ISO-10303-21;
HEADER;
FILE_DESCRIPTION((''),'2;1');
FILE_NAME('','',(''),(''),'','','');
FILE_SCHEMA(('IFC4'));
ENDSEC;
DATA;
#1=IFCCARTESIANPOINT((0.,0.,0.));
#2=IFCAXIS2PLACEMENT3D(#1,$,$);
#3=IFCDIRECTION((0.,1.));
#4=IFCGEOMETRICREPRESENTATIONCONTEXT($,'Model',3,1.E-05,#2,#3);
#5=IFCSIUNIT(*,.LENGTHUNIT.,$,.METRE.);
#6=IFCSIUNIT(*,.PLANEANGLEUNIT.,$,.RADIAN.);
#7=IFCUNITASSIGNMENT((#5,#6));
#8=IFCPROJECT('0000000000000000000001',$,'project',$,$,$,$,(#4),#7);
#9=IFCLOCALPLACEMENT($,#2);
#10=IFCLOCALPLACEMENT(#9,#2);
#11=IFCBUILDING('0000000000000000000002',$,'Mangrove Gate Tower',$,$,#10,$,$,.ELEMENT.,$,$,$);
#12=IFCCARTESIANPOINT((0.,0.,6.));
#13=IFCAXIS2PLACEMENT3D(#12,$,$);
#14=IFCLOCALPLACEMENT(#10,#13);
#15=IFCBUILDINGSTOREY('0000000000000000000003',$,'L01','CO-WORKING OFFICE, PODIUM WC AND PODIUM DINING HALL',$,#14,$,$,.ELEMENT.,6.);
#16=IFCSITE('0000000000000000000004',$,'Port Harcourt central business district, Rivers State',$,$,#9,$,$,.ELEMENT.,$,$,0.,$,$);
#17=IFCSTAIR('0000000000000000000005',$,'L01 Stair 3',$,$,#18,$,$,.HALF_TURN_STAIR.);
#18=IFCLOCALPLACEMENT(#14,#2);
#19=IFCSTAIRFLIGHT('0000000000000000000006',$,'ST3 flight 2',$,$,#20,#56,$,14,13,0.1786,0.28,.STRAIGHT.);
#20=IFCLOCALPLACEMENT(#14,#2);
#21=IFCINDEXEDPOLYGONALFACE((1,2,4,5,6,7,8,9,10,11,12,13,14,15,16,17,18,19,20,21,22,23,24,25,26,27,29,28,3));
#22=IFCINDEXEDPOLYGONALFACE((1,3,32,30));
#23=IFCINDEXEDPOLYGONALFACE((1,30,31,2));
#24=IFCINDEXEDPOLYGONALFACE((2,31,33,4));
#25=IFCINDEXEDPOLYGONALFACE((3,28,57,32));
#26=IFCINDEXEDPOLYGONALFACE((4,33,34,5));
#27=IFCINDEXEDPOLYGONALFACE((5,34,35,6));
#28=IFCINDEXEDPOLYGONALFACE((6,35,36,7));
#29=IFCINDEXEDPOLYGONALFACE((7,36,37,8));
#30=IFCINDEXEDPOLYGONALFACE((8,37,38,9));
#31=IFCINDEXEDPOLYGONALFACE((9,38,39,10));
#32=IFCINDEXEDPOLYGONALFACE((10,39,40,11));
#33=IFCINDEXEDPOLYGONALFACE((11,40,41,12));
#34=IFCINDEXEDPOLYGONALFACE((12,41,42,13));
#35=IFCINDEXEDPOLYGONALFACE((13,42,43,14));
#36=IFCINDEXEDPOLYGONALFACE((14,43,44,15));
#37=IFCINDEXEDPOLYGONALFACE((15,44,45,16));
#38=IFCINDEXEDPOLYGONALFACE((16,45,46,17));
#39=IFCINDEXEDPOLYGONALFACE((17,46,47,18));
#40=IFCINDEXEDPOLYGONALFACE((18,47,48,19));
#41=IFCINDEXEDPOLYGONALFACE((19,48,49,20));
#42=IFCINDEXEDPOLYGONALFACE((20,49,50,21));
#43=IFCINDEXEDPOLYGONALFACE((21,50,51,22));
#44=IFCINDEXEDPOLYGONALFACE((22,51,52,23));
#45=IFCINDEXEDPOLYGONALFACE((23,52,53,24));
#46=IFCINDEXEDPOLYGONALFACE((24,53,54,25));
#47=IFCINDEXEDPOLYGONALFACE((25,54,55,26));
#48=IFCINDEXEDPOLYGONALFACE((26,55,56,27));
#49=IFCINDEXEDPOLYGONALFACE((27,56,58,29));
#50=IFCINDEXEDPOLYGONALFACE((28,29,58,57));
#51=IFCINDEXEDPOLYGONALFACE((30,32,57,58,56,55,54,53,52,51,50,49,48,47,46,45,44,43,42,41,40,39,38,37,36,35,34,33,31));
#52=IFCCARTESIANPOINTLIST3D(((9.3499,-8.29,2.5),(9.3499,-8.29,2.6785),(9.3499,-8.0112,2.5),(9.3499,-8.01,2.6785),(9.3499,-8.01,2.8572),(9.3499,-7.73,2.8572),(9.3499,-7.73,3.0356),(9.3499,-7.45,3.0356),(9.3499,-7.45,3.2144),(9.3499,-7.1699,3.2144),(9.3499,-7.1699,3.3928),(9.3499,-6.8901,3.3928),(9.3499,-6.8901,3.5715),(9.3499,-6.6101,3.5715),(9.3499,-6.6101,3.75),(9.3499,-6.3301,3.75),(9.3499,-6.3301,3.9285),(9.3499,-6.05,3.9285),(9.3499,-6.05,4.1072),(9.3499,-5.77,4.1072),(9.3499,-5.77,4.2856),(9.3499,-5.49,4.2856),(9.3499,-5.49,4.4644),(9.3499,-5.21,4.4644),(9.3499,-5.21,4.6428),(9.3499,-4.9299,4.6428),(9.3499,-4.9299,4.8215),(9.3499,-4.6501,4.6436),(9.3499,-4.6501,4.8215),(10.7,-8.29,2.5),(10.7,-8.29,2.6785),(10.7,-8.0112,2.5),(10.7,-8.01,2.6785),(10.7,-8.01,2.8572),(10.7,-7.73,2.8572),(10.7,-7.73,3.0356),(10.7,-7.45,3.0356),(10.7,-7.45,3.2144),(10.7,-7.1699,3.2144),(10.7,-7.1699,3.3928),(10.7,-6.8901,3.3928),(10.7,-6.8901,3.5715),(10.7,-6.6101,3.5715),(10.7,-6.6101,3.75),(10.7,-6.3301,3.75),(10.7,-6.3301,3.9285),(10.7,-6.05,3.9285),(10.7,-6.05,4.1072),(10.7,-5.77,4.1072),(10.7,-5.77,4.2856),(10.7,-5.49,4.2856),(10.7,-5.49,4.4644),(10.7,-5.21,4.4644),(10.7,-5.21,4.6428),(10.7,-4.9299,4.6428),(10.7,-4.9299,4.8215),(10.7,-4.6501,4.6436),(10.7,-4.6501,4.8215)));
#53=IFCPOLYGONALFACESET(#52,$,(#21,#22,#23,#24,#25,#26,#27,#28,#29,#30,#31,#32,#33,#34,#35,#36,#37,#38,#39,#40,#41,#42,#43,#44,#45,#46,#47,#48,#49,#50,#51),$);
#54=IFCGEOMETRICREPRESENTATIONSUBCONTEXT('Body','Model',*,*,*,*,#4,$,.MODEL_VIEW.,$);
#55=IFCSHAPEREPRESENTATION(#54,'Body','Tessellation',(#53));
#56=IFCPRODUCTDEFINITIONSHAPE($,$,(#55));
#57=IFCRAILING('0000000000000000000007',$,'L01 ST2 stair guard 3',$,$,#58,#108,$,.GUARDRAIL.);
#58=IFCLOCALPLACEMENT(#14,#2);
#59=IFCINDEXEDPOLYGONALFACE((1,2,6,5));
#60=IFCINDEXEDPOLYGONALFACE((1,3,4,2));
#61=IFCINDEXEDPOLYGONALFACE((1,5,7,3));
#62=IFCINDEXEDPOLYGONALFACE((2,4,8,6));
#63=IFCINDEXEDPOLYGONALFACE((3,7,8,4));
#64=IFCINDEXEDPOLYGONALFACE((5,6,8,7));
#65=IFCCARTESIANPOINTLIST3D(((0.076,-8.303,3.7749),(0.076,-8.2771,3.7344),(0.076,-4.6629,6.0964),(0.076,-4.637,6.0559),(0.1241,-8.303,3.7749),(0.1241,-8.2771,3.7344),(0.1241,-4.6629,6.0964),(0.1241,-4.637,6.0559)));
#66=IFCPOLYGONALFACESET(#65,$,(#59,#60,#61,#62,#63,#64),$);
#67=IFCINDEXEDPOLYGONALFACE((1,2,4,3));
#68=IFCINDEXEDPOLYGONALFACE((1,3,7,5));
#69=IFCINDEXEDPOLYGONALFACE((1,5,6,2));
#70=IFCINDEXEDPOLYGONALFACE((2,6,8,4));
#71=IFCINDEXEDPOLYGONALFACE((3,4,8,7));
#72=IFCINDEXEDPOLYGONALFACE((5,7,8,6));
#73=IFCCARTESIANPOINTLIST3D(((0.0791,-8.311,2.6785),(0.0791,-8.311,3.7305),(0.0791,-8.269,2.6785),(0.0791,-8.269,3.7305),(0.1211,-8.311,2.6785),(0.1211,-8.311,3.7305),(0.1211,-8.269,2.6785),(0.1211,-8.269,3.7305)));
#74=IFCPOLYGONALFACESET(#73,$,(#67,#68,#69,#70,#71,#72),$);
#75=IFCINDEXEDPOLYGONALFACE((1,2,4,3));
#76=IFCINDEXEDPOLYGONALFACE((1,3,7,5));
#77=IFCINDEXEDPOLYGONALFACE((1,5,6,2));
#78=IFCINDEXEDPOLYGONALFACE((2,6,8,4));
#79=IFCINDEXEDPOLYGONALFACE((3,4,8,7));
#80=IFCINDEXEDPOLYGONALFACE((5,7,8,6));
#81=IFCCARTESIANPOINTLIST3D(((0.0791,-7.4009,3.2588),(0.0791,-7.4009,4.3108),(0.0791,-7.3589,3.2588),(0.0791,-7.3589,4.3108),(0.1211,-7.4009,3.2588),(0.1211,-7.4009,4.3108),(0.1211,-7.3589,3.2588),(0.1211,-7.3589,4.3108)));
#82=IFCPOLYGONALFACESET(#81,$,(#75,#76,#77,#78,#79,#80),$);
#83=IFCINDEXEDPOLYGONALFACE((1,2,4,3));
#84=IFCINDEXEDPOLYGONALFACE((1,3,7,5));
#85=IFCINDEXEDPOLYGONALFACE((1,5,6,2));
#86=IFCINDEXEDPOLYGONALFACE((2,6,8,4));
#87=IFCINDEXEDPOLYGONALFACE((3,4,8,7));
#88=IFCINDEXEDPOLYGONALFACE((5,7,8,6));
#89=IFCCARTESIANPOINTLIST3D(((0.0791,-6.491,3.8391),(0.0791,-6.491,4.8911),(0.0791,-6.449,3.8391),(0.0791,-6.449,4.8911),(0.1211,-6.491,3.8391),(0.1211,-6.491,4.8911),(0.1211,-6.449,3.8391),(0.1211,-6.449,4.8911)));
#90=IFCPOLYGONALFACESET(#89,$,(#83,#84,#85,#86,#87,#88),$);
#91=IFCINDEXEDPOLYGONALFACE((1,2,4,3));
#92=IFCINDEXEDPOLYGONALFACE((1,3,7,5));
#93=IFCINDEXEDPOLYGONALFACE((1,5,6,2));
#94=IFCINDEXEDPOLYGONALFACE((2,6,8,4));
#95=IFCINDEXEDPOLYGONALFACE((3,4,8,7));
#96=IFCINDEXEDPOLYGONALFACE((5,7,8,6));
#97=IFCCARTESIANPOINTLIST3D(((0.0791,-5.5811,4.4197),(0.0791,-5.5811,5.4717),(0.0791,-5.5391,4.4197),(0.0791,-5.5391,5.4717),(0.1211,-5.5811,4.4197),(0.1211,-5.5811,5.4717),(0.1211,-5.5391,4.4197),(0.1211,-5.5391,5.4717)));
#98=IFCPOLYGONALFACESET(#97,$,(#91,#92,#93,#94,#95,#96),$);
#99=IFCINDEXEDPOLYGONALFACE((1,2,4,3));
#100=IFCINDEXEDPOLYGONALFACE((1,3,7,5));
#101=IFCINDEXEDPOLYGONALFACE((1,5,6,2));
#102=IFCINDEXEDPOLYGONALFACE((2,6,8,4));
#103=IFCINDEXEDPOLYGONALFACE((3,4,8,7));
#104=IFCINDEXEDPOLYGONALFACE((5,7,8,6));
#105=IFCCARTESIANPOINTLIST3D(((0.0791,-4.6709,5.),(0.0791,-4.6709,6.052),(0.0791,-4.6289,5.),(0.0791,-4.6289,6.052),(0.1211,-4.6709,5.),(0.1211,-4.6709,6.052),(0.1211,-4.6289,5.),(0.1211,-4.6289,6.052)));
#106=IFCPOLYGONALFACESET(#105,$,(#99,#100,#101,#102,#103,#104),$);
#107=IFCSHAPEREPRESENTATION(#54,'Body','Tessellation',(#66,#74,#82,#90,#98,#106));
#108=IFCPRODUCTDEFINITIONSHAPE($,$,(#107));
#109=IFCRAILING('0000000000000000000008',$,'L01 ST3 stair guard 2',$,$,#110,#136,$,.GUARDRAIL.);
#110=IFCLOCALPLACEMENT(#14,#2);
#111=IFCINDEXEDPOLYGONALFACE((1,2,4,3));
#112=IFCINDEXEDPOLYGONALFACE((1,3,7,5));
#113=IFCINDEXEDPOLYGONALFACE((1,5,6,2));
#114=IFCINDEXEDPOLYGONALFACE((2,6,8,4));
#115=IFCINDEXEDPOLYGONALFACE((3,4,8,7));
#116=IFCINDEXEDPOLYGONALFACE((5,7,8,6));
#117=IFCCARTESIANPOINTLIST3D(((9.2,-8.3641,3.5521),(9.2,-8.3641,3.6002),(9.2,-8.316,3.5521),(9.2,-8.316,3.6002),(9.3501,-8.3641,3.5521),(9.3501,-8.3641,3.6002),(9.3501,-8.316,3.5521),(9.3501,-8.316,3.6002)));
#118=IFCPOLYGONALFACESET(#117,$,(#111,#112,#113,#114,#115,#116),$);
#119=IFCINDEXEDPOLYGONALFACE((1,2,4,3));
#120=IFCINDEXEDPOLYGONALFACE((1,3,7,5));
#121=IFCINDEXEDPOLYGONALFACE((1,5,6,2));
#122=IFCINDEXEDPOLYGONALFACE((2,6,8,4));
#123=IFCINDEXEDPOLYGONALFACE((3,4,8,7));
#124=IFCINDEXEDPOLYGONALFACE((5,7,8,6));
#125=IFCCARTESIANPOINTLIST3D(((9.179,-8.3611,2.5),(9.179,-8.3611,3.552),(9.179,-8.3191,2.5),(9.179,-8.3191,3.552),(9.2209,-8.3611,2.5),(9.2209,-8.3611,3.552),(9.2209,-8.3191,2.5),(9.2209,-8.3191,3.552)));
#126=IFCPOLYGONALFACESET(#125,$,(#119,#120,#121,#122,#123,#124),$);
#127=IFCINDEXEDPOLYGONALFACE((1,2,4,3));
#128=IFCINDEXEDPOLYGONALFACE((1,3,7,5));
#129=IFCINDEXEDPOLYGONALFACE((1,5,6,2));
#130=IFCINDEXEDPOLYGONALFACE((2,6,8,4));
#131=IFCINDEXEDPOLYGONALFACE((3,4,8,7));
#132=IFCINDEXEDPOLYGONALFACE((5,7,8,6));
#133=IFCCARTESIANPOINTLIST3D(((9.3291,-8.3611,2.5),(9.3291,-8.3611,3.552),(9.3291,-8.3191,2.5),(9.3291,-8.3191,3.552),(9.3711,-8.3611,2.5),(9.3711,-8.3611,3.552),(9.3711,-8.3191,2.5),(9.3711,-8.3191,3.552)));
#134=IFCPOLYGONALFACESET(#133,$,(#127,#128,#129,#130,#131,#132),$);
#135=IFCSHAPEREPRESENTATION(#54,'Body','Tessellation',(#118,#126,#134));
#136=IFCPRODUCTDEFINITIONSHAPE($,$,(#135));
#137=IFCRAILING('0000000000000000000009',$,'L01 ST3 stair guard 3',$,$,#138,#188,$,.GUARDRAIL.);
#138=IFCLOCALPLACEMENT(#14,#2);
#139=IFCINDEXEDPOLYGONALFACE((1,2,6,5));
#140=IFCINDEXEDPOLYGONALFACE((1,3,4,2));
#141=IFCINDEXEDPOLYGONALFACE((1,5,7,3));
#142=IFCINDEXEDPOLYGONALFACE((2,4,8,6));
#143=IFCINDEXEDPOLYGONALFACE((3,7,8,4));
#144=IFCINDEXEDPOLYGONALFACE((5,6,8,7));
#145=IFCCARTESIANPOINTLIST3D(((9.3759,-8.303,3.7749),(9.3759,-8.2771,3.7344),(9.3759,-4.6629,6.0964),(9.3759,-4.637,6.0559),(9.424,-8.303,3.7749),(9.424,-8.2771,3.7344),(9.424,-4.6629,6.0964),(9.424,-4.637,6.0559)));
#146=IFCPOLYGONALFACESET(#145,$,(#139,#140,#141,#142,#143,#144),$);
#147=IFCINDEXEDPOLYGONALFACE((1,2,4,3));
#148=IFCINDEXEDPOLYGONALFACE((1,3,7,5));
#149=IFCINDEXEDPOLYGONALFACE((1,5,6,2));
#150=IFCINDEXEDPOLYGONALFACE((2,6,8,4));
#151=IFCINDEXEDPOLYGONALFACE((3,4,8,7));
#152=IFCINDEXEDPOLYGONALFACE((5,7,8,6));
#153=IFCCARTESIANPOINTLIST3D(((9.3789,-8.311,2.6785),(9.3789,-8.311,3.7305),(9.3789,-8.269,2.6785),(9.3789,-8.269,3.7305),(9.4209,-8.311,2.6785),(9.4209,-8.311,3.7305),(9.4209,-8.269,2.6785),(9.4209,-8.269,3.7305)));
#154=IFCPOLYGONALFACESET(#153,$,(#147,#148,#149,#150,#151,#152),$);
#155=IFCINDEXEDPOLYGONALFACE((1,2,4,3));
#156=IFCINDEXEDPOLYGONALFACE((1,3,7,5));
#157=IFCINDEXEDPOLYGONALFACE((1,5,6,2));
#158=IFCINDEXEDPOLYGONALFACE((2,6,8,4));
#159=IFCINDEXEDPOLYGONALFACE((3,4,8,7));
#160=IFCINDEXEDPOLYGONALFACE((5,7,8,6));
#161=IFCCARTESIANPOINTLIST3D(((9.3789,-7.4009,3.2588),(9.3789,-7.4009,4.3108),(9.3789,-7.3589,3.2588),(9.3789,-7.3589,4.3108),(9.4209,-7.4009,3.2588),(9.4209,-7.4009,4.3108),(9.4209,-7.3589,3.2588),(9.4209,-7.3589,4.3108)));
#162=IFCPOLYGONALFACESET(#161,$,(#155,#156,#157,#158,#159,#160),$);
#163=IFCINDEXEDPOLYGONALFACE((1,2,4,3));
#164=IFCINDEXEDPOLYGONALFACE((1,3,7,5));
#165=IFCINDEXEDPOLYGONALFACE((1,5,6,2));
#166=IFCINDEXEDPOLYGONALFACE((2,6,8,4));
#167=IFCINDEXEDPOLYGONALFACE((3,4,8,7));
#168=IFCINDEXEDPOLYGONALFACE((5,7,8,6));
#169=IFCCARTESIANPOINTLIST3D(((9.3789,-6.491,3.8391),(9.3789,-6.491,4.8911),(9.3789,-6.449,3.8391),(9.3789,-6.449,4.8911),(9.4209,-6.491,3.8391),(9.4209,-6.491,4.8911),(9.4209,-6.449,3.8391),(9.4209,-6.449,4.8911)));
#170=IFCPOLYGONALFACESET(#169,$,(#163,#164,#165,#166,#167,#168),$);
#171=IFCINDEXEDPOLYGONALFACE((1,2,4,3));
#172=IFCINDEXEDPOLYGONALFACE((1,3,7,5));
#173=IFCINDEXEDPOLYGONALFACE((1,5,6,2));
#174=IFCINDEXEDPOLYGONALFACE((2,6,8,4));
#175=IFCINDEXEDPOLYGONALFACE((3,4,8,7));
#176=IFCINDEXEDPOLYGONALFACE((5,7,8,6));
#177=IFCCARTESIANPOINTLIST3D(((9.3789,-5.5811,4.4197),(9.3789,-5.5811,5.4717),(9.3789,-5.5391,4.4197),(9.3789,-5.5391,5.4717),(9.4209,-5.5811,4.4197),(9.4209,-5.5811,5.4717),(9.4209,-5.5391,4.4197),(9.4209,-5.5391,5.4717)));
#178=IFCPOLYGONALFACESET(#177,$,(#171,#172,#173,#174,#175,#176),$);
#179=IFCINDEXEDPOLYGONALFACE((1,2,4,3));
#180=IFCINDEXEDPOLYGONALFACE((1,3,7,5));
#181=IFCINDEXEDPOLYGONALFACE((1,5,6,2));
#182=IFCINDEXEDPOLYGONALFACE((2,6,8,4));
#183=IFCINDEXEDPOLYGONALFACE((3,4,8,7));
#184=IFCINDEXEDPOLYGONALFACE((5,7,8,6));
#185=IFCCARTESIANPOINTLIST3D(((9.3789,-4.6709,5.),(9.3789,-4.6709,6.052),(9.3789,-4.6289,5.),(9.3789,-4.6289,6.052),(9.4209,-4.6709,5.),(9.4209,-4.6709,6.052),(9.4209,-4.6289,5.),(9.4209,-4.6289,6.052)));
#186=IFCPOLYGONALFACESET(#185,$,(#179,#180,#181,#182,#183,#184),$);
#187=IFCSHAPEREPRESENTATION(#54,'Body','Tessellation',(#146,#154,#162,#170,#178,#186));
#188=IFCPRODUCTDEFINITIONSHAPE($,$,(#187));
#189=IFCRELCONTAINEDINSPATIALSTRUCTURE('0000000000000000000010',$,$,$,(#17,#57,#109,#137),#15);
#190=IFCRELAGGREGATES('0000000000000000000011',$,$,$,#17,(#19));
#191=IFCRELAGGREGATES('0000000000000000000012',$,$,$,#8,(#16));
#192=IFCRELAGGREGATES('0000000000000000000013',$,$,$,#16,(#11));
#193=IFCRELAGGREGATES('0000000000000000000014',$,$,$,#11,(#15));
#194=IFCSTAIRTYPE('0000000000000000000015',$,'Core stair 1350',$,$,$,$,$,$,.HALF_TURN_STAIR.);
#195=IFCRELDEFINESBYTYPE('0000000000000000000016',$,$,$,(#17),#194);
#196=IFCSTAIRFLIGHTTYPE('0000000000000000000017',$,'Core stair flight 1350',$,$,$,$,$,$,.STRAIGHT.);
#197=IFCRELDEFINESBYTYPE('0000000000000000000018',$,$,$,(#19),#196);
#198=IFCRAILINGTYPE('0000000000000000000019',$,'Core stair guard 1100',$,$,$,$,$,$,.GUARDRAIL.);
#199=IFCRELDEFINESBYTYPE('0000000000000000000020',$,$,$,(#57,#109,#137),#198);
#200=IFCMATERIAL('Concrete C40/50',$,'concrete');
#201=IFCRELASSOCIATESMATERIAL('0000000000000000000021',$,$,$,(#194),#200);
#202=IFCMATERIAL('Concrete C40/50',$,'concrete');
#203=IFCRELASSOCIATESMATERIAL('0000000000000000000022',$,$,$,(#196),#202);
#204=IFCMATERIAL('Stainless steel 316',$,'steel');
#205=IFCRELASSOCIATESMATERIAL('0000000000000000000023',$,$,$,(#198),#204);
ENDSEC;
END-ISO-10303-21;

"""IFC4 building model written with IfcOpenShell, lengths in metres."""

from ifc_helpers import new_model, si_unit, direction, frame, origin, origin_2d, place, context, subcontext, project, spatial, polyline, rectangle, outline, extrude, material, type_object, element, aggregate, save


model = new_model("IFC4")

# Units and contexts
model_context = context("Model", 3, precision=1e-05, world=origin(), true_north=direction((0.0, 1.0)))
body_context = subcontext(model_context, "Body", "Model", "MODEL_VIEW")
ifc_project = project(units=[si_unit("LENGTHUNIT", "METRE"), si_unit("PLANEANGLEUNIT", "RADIAN")], contexts=[model_context])

# Site, building, storey
site_placement = place(None, origin())
site = spatial("IfcSite", under=ifc_project, at=site_placement, Name="Port Harcourt central business district, Rivers State", CompositionType="ELEMENT", RefElevation=0.0)
building_placement = place(site_placement, origin())
building = spatial("IfcBuilding", under=site, at=building_placement, Name="Mangrove Gate Tower", CompositionType="ELEMENT")
storey_placement = place(building_placement, frame((0.0, 0.0, 6.0)))
storey = spatial("IfcBuildingStorey", under=building, at=storey_placement, Name="L01", Description="CO-WORKING OFFICE, PODIUM WC AND PODIUM DINING HALL", CompositionType="ELEMENT", Elevation=6.0)

# Stair, stair flight
ifc_material_1 = material(Name="Concrete C40/50", Category="concrete")
stair_type = type_object("IfcStairType", Name="Core stair 1350", PredefinedType="HALF_TURN_STAIR", material=ifc_material_1)
ifc_material_2 = material(Name="Concrete C40/50", Category="concrete")
stair_flight_type = type_object("IfcStairFlightType", Name="Core stair flight 1350", PredefinedType="STRAIGHT", material=ifc_material_2)
stair_1_placement = place(storey_placement, origin())
stair_1 = element("IfcStair", 1, at=stair_1_placement, inside=storey, type_object=stair_type, Name="L01 Stair 3", PredefinedType="HALF_TURN_STAIR")
stair_flight_1_placement = place(storey_placement, frame((10.0249, -8.29, 2.5), z_axis=(0.0, 0.0, 1.0), x_axis=(0.0, 1.0, 0.0)))
stair_flight_1 = element("IfcStairFlight", 2, at=stair_flight_1_placement, type_object=stair_flight_type, Name="ST3 flight 2", NumberOfRisers=14, NumberOfTreads=13, PredefinedType="STRAIGHT", RiserHeight=0.1786, TreadLength=0.28, context=body_context, shape_type="SweptSolid", body=[
    extrude(outline(polyline([(0.0, 0.0), (0.0, 0.1785), (0.28, 0.1785), (0.28, 0.3572), (0.5601, 0.3572), (0.5601, 0.5356), (0.8401, 0.5356), (0.8401, 0.7144), (1.1201, 0.7144), (1.1201, 0.8928), (1.3999, 0.8928), (1.3999, 1.0715), (1.6799, 1.0715), (1.6799, 1.25), (1.96, 1.25), (1.96, 1.4285), (2.24, 1.4285), (2.24, 1.6072), (2.52, 1.6072), (2.52, 1.7856), (2.8, 1.7856), (2.8, 1.9644), (3.0801, 1.9644), (3.0801, 2.1428), (3.3601, 2.1428), (3.3601, 2.3215), (3.6399, 2.3215), (3.6399, 2.5), (3.6399, 2.1436), (0.2788, 0.0), (0.0, 0.0)])), frame((0.0, 0.675, 0.0), z_axis=(0.0, -1.0, 0.0), x_axis=(1.0, 0.0, 0.0)), (0.0, 0.0, 1.0), 1.3501),
])
aggregate(stair_1, [stair_flight_1])

# Railings
ifc_material_3 = material(Name="Stainless steel 316", Category="steel")
railing_type_1 = type_object("IfcRailingType", Name="Core stair guard 1100", PredefinedType="GUARDRAIL", material=ifc_material_3)
railing_1_placement = place(storey_placement, frame((0.1001, -8.29, 2.6785)))
element("IfcRailing", 3, at=railing_1_placement, inside=storey, type_object=railing_type_1, Name="L01 ST2 stair guard 3", PredefinedType="GUARDRAIL", context=body_context, shape_type="SweptSolid", body=[
    extrude(rectangle(XDim=0.0481, YDim=0.0481, at=origin_2d()), frame((0.0, 0.0, 1.0762), z_axis=(0.0, 0.843128, 0.537713), x_axis=(-1.0, 0.0, 0.0)), (0.0, 0.0, 1.0), 4.3174),
    extrude(rectangle(XDim=0.042, YDim=0.042, at=origin_2d()), origin(), (0.0, 0.0, 1.0), 1.052),
    extrude(rectangle(XDim=0.042, YDim=0.042, at=origin_2d()), frame((0.0, 0.9102, 0.5803)), (0.0, 0.0, 1.0), 1.052),
    extrude(rectangle(XDim=0.042, YDim=0.042, at=origin_2d()), frame((0.0, 1.8201, 1.1606)), (0.0, 0.0, 1.0), 1.052),
    extrude(rectangle(XDim=0.042, YDim=0.042, at=origin_2d()), frame((0.0, 2.73, 1.7412)), (0.0, 0.0, 1.0), 1.052),
    extrude(rectangle(XDim=0.042, YDim=0.042, at=origin_2d()), frame((0.0, 3.6401, 2.3215)), (0.0, 0.0, 1.0), 1.052),
])
railing_2_placement = place(storey_placement, frame((9.2, -8.3401, 2.5)))
element("IfcRailing", 4, at=railing_2_placement, inside=storey, type_object=railing_type_1, Name="L01 ST3 stair guard 2", PredefinedType="GUARDRAIL", context=body_context, shape_type="SweptSolid", body=[
    extrude(rectangle(XDim=0.0481, YDim=0.0481, at=origin_2d()), frame((0.0, 0.0, 1.0762), z_axis=(1.0, 0.0, 0.0), x_axis=(0.0, 1.0, 0.0)), (0.0, 0.0, 1.0), 0.1501),
    extrude(rectangle(XDim=0.042, YDim=0.042, at=origin_2d()), origin(), (0.0, 0.0, 1.0), 1.052),
    extrude(rectangle(XDim=0.042, YDim=0.042, at=origin_2d()), frame((0.1501, 0.0, 0.0)), (0.0, 0.0, 1.0), 1.052),
])
railing_3_placement = place(storey_placement, frame((9.3999, -8.29, 2.6785)))
element("IfcRailing", 5, at=railing_3_placement, inside=storey, type_object=railing_type_1, Name="L01 ST3 stair guard 3", PredefinedType="GUARDRAIL", context=body_context, shape_type="SweptSolid", body=[
    extrude(rectangle(XDim=0.0481, YDim=0.0481, at=origin_2d()), frame((0.0, 0.0, 1.0762), z_axis=(0.0, 0.843128, 0.537713), x_axis=(-1.0, 0.0, 0.0)), (0.0, 0.0, 1.0), 4.3174),
    extrude(rectangle(XDim=0.042, YDim=0.042, at=origin_2d()), origin(), (0.0, 0.0, 1.0), 1.052),
    extrude(rectangle(XDim=0.042, YDim=0.042, at=origin_2d()), frame((0.0, 0.9102, 0.5803)), (0.0, 0.0, 1.0), 1.052),
    extrude(rectangle(XDim=0.042, YDim=0.042, at=origin_2d()), frame((0.0, 1.8201, 1.1606)), (0.0, 0.0, 1.0), 1.052),
    extrude(rectangle(XDim=0.042, YDim=0.042, at=origin_2d()), frame((0.0, 2.73, 1.7412)), (0.0, 0.0, 1.0), 1.052),
    extrude(rectangle(XDim=0.042, YDim=0.042, at=origin_2d()), frame((0.0, 3.6401, 2.3215)), (0.0, 0.0, 1.0), 1.052),
])

save(model, "model.ifc")
